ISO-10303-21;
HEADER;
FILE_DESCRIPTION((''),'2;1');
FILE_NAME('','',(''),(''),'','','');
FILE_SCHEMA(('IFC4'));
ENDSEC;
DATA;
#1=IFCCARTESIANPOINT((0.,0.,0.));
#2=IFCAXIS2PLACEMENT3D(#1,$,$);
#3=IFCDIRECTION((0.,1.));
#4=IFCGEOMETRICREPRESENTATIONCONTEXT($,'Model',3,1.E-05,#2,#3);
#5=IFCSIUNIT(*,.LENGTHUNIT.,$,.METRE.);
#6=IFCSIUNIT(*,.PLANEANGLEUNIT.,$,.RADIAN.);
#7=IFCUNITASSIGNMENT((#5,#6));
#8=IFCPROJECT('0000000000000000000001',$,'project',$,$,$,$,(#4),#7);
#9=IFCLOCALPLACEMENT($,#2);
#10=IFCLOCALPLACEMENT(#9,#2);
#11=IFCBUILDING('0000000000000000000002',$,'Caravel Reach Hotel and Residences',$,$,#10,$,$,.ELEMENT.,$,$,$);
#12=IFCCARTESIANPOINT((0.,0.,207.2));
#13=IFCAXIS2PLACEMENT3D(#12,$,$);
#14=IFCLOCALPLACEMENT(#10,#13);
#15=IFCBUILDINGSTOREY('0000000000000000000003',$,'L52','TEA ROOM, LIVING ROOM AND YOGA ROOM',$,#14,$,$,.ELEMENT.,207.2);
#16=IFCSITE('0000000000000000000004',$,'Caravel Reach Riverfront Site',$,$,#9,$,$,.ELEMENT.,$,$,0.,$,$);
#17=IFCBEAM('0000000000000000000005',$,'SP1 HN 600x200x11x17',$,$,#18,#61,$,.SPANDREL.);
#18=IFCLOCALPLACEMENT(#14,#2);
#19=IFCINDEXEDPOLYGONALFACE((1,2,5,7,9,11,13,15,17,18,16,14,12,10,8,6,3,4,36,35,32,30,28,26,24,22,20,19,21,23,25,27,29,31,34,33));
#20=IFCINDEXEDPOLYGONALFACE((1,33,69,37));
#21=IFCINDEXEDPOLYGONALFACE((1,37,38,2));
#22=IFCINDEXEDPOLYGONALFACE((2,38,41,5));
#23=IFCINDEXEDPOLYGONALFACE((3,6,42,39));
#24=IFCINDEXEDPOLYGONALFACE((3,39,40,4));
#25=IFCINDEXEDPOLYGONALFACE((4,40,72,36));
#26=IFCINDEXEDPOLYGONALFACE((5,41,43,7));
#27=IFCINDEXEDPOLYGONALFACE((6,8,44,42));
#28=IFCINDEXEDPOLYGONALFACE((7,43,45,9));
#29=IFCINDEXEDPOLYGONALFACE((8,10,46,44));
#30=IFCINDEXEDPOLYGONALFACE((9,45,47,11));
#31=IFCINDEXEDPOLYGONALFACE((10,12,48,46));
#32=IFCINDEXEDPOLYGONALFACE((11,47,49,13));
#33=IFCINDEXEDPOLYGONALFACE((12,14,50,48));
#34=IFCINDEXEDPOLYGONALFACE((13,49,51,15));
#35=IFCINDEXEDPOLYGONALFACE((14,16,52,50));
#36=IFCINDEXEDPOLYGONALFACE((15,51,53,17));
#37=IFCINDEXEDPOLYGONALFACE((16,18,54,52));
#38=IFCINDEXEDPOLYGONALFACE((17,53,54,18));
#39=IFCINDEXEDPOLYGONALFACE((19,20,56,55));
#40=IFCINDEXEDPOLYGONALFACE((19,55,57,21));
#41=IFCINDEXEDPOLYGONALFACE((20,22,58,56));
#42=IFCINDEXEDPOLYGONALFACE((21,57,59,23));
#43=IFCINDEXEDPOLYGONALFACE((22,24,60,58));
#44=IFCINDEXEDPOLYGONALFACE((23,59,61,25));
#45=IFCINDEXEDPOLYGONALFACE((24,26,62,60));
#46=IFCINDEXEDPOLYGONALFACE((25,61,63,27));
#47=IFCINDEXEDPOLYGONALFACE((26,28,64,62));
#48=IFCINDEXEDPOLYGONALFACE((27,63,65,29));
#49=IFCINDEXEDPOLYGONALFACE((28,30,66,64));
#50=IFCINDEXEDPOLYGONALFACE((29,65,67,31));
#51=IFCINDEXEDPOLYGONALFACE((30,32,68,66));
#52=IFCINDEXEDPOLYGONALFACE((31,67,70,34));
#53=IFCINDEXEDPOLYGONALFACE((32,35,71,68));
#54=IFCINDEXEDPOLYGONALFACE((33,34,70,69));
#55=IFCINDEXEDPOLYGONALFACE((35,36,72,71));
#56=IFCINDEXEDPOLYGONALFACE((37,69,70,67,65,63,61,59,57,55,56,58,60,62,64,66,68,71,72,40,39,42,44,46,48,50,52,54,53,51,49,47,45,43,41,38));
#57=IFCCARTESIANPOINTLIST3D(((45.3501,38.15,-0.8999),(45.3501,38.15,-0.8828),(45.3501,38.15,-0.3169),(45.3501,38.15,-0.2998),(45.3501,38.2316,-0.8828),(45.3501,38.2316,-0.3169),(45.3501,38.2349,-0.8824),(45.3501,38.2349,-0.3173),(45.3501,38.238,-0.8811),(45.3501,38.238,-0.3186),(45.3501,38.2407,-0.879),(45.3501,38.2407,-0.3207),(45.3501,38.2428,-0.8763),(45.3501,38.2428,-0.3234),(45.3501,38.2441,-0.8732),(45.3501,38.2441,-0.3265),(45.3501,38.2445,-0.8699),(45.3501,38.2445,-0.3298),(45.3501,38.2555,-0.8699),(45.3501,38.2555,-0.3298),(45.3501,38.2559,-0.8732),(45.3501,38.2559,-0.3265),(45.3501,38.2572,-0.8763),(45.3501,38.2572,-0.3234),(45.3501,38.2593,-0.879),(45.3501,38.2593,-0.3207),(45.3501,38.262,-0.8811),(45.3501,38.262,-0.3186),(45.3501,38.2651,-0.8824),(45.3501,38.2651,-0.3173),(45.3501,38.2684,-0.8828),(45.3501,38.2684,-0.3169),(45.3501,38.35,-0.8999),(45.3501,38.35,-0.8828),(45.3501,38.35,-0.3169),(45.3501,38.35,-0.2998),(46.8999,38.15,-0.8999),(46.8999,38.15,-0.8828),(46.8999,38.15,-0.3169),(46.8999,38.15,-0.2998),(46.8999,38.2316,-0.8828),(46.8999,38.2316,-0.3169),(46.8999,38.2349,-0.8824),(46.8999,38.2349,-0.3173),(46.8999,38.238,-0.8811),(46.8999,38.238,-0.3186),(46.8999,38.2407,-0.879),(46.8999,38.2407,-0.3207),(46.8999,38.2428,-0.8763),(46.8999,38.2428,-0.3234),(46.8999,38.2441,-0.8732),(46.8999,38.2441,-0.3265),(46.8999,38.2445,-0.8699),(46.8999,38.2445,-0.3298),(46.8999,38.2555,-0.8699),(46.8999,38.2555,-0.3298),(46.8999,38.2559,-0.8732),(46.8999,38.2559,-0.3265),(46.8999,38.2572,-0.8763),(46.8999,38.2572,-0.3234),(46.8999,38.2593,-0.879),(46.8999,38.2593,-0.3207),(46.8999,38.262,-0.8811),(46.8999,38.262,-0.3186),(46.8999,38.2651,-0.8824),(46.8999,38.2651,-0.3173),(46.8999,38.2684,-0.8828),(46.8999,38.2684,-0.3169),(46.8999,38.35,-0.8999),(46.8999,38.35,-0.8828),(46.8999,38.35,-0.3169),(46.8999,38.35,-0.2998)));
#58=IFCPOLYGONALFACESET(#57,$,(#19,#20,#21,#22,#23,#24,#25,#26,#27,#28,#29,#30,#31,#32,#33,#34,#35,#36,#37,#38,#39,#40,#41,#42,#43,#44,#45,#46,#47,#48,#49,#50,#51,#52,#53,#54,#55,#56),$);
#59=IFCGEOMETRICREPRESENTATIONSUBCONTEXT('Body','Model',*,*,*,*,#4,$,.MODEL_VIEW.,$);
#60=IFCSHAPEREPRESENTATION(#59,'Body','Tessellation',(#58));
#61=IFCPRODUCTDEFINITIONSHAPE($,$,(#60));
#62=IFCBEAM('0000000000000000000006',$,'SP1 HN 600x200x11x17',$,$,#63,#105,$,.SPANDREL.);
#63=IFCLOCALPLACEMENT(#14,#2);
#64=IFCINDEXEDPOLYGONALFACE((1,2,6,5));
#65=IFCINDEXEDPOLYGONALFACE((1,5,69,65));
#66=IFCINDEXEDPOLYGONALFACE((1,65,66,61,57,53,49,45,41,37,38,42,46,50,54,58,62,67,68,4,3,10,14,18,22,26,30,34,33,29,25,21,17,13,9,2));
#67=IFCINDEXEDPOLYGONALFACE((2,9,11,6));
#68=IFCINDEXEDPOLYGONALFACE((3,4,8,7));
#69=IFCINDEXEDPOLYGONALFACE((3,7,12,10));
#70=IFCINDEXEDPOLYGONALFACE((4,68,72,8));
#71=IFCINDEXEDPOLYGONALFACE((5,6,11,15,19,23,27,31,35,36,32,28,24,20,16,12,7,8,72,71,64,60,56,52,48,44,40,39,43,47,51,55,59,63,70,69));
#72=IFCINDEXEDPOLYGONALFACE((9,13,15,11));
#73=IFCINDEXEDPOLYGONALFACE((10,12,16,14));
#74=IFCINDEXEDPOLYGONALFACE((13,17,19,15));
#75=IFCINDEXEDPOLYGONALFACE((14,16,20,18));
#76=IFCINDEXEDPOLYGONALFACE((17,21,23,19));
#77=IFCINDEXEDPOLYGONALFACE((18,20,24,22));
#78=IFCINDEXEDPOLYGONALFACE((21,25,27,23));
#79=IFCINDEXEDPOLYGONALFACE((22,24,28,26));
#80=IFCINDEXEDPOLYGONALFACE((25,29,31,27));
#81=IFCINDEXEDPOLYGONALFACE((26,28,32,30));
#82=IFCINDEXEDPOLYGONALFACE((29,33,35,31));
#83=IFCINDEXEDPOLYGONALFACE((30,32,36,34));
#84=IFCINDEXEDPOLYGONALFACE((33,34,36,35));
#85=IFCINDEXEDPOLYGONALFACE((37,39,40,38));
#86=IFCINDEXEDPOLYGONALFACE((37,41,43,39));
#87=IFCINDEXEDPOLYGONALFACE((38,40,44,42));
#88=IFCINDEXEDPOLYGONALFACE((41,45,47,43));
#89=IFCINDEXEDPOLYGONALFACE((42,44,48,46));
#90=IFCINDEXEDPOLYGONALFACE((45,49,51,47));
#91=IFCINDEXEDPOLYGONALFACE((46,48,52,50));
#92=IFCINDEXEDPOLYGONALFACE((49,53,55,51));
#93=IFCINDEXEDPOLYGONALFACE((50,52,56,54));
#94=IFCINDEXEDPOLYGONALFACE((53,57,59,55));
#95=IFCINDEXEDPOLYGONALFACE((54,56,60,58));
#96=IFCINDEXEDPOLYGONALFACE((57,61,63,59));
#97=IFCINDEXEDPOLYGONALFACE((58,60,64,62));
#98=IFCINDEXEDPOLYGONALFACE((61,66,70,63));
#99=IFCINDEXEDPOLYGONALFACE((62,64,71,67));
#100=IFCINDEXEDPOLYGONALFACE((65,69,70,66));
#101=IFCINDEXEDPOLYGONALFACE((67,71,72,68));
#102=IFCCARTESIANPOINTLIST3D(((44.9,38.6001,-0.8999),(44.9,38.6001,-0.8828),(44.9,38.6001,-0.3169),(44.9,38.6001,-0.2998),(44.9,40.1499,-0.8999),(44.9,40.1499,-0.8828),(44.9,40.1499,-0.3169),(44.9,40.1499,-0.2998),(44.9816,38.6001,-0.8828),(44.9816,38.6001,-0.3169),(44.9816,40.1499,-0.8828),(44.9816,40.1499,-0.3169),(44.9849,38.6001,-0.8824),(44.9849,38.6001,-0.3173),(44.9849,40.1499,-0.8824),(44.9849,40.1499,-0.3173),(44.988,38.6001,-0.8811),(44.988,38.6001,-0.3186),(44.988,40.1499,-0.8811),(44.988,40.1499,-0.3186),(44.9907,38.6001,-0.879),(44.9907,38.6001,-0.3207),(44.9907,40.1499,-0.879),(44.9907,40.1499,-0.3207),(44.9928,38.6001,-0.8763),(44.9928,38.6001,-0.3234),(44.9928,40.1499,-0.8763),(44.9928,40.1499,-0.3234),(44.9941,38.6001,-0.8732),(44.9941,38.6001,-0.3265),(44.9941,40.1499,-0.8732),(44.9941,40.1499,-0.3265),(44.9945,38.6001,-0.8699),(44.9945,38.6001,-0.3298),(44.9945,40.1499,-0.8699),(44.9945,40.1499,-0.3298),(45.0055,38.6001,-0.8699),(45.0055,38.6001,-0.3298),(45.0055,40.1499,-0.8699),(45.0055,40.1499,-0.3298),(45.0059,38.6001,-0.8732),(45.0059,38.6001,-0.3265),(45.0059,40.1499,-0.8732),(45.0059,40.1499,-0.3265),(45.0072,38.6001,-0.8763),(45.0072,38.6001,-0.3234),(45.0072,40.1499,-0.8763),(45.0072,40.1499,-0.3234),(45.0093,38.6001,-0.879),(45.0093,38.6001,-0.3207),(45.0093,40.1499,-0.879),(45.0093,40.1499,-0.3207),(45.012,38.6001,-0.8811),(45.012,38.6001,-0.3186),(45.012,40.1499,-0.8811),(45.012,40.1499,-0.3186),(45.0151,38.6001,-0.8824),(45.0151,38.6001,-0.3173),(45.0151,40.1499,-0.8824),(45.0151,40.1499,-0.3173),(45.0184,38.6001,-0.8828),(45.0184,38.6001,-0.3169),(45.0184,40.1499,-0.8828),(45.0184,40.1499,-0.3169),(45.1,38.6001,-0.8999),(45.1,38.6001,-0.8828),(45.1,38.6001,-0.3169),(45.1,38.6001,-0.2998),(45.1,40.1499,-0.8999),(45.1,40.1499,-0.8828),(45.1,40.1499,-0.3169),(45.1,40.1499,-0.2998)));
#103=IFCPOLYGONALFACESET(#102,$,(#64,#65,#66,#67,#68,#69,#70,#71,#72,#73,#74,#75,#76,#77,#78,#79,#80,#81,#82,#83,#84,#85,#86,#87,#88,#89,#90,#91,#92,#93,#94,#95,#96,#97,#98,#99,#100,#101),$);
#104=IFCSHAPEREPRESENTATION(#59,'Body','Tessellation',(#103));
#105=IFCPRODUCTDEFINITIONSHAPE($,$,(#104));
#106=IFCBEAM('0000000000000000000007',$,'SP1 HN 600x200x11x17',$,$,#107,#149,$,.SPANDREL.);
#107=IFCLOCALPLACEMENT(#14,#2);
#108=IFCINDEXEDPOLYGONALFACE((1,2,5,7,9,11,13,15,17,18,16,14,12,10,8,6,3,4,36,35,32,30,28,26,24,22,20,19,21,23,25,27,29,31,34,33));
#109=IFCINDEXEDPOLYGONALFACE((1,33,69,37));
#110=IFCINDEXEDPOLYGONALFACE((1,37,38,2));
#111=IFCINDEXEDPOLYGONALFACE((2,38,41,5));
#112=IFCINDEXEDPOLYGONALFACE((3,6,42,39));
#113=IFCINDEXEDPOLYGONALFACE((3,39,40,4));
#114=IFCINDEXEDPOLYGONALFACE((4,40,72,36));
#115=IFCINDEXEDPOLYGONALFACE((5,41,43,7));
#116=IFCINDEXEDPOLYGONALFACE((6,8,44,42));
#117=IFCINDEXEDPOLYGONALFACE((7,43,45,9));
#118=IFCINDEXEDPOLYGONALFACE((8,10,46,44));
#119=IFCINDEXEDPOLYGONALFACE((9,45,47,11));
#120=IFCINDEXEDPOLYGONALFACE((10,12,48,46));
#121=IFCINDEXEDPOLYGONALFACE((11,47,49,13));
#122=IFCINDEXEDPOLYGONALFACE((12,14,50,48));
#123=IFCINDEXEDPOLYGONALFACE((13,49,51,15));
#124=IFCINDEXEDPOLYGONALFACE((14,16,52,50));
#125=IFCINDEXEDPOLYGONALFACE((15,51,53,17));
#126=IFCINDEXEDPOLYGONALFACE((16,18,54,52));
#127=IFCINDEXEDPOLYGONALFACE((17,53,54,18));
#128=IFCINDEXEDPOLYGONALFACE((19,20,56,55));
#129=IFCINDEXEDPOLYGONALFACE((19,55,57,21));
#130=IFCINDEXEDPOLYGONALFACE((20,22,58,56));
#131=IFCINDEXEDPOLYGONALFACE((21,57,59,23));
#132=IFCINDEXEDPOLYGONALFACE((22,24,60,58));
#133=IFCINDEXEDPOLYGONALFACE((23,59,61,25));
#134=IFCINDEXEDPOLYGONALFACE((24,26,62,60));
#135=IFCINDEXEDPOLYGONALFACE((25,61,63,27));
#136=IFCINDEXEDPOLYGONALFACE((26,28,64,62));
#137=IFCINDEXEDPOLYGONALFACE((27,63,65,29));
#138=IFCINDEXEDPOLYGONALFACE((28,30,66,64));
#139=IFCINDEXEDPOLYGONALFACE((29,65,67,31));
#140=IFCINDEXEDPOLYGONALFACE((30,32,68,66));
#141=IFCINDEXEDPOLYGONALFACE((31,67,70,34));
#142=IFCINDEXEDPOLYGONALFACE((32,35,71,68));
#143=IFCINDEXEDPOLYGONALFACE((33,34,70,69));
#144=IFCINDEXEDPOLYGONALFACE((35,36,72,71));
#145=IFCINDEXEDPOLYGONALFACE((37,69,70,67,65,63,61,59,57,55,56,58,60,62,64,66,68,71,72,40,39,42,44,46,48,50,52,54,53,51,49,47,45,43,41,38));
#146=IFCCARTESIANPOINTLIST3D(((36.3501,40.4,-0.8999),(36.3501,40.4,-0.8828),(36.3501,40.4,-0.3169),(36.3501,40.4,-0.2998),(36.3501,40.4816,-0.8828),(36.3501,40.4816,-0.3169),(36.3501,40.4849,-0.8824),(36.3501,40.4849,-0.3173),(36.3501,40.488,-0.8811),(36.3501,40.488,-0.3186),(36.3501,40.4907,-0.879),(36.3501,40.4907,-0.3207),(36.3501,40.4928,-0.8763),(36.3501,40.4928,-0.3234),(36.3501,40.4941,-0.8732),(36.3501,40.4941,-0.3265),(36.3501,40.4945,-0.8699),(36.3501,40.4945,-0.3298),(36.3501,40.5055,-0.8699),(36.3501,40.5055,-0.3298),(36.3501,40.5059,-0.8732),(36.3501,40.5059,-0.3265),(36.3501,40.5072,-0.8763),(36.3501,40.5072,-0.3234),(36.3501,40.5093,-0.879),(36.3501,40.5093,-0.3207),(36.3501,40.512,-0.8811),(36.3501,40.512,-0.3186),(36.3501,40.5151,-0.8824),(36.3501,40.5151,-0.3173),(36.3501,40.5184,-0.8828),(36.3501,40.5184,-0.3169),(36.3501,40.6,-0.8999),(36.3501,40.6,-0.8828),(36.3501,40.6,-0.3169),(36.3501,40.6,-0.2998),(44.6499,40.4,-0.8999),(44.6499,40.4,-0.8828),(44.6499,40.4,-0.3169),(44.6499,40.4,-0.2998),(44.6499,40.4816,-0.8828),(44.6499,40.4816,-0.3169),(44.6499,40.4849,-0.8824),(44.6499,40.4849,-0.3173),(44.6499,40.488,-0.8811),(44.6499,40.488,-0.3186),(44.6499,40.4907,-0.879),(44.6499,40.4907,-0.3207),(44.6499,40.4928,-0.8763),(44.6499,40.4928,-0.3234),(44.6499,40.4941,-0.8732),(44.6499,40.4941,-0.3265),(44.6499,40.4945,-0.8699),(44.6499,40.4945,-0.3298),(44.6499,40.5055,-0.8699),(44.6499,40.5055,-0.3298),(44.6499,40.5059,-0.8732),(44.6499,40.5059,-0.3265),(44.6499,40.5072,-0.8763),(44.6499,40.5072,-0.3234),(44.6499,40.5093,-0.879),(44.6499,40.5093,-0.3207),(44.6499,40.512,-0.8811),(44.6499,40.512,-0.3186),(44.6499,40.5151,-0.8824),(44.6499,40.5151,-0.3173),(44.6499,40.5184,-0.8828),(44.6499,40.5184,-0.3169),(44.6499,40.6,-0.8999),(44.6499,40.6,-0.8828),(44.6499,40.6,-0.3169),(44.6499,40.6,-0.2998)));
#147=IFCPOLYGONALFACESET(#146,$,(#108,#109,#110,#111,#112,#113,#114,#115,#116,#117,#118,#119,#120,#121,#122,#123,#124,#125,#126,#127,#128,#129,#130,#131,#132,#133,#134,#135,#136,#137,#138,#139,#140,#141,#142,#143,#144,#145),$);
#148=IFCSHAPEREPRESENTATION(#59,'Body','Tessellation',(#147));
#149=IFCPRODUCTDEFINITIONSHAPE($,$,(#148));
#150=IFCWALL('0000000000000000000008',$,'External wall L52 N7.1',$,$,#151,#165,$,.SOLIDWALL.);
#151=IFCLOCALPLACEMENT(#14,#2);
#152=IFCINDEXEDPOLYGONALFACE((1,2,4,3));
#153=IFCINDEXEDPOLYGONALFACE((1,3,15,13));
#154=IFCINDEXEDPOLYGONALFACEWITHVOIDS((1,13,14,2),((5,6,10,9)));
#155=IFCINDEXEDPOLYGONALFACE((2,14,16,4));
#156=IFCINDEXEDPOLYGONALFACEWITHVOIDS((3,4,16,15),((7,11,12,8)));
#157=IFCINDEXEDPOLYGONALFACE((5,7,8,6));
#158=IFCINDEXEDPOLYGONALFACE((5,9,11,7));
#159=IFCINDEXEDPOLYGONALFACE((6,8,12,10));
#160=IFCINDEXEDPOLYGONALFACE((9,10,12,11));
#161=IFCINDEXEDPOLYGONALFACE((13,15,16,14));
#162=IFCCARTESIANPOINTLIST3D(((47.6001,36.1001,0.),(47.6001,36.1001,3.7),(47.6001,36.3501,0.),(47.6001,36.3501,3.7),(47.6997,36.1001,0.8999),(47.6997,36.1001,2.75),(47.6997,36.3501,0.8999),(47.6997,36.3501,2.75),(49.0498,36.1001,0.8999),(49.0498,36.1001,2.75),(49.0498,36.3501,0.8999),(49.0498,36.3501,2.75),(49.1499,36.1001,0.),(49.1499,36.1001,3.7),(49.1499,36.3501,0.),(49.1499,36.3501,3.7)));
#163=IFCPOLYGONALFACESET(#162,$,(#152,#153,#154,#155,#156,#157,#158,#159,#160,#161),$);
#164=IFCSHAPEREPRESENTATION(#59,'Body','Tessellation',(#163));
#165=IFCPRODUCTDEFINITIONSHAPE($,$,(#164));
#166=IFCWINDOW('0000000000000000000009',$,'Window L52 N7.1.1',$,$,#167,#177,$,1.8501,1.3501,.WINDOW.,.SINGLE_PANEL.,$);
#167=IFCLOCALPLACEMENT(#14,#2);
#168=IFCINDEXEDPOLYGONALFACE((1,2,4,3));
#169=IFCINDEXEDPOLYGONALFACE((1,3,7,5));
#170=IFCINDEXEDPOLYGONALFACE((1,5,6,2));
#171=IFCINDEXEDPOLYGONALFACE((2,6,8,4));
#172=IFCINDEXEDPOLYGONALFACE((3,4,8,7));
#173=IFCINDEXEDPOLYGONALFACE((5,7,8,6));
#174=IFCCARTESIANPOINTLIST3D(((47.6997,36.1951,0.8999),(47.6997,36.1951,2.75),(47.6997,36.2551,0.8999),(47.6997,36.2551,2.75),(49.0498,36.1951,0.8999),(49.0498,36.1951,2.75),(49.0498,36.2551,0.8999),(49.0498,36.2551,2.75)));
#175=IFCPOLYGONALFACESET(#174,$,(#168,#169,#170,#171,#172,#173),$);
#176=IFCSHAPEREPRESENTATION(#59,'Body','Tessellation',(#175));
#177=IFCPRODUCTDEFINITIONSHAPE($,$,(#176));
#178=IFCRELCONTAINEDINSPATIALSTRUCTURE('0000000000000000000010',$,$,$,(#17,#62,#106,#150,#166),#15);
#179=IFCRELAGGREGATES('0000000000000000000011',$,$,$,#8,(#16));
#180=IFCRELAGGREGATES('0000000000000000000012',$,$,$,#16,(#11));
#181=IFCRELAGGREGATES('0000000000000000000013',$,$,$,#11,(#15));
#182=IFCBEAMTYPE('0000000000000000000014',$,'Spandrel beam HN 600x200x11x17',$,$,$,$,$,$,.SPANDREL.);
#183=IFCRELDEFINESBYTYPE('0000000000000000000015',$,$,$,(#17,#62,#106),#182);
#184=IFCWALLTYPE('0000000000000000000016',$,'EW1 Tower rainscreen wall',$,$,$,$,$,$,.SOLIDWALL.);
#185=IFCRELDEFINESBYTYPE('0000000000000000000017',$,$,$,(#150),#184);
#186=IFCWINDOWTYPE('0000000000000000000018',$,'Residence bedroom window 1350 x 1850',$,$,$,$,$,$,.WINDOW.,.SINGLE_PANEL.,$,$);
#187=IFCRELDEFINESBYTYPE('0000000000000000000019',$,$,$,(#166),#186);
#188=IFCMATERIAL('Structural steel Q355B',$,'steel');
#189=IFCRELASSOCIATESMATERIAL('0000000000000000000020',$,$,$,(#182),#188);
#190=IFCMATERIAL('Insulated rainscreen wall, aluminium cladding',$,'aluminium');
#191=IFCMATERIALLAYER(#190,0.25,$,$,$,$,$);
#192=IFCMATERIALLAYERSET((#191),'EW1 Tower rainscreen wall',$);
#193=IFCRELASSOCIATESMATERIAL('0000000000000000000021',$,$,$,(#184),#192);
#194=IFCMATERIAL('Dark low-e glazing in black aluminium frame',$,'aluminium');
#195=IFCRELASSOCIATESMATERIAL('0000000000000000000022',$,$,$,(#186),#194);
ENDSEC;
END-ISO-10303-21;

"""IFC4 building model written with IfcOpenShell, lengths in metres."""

from ifc_helpers import new_model, si_unit, direction, frame, frame_2d, origin, origin_2d, place, context, subcontext, project, spatial, rectangle, i_section, extrude, material, layer, layer_set, material_profile, profile_set, type_object, element, fill, save


model = new_model("IFC4")

# Units and contexts
model_context = context("Model", 3, precision=1e-05, world=origin(), true_north=direction((0.0, 1.0)))
body_context = subcontext(model_context, "Body", "Model", "MODEL_VIEW")
ifc_project = project(units=[si_unit("LENGTHUNIT", "METRE"), si_unit("PLANEANGLEUNIT", "RADIAN")], contexts=[model_context])

# Site, building, storey
site_placement = place(None, origin())
site = spatial("IfcSite", under=ifc_project, at=site_placement, Name="Caravel Reach Riverfront Site", CompositionType="ELEMENT", RefElevation=0.0)
building_placement = place(site_placement, origin())
building = spatial("IfcBuilding", under=site, at=building_placement, Name="Caravel Reach Hotel and Residences", CompositionType="ELEMENT")
storey_placement = place(building_placement, frame((0.0, 0.0, 207.2)))
storey = spatial("IfcBuildingStorey", under=building, at=storey_placement, Name="L52", Description="TEA ROOM, LIVING ROOM AND YOGA ROOM", CompositionType="ELEMENT", Elevation=207.2)

# Beams
ifc_material_1 = material(Name="Structural steel Q355B", Category="steel")
ifc_material_profile_1 = material_profile(ifc_material_1, i_section(OverallWidth=0.2, OverallDepth=0.6001, WebThickness=0.011, FlangeThickness=0.0171, FilletRadius=0.0129, at=origin_2d()), Name="HN 600x200x11x17")
ifc_profile_set_1 = profile_set([ifc_material_profile_1], Name="Structural steel Q355B")
beam_type = type_object("IfcBeamType", Name="Spandrel beam HN 600x200x11x17", PredefinedType="SPANDREL", material=ifc_profile_set_1)
for number, where, z_axis, x_axis, name in (
    (1, (46.8999, 38.25, -0.5999), (-1.0, 0.0, 0.0), (0.0, -1.0, 0.0), "SP1 HN 600x200x11x17"),
    (2, (45.0, 38.6001, -0.5999), (0.0, 1.0, 0.0), (-1.0, 0.0, 0.0), "SP1 HN 600x200x11x17"),
):
    element("IfcBeam", number, at=place(storey_placement, frame(where, z_axis=z_axis, x_axis=x_axis)), inside=storey, type_object=beam_type, Name=name, PredefinedType="SPANDREL", context=body_context, shape_type="SweptSolid", body=[
        extrude(i_section(OverallWidth=0.2, OverallDepth=0.6001, WebThickness=0.011, FlangeThickness=0.0171, FilletRadius=0.0129, at=origin_2d()), origin(), (0.0, 0.0, 1.0), 1.5498),
    ])
beam_placement = place(storey_placement, frame((44.6499, 40.5, -0.5999), z_axis=(-1.0, 0.0, 0.0), x_axis=(0.0, -1.0, 0.0)))
element("IfcBeam", 3, at=beam_placement, inside=storey, type_object=beam_type, Name="SP1 HN 600x200x11x17", PredefinedType="SPANDREL", context=body_context, shape_type="SweptSolid", body=[
    extrude(i_section(OverallWidth=0.2, OverallDepth=0.6001, WebThickness=0.011, FlangeThickness=0.0171, FilletRadius=0.0129, at=origin_2d()), origin(), (0.0, 0.0, 1.0), 8.2998),
])

# Wall, opening, window
ifc_material_2 = material(Name="Insulated rainscreen wall, aluminium cladding", Category="aluminium")
ifc_layer = layer(ifc_material_2, 0.25)
ifc_layer_set = layer_set([ifc_layer], Name="EW1 Tower rainscreen wall")
wall_type = type_object("IfcWallType", Name="EW1 Tower rainscreen wall", PredefinedType="SOLIDWALL", material=ifc_layer_set)
wall_1_placement = place(storey_placement, frame((49.1499, 36.2251, 0.0), z_axis=(0.0, 0.0, 1.0), x_axis=(-1.0, 0.0, 0.0)))
wall_1 = element("IfcWall", 4, at=wall_1_placement, inside=storey, type_object=wall_type, Name="External wall L52 N7.1", PredefinedType="SOLIDWALL", context=body_context, shape_type="SweptSolid", body=[
    extrude(rectangle(XDim=1.5498, YDim=0.25, at=frame_2d((0.7749, 0.0))), origin(), (0.0, 0.0, 1.0), 3.7),
])
opening_1_placement = place(wall_1_placement, frame((0.1001, 0.0, 0.8999)))
opening_1 = element("IfcOpeningElement", 5, at=opening_1_placement, cuts=wall_1, PredefinedType="OPENING", context=body_context, shape_type="SweptSolid", body=[
    extrude(rectangle(XDim=1.3501, YDim=1.8501, at=frame_2d((0.675, 0.925))), frame((0.0, 0.135, 0.0), z_axis=(0.0, -1.0, 0.0), x_axis=(1.0, 0.0, 0.0)), (0.0, 0.0, 1.0), 0.27),
])
ifc_material_3 = material(Name="Dark low-e glazing in black aluminium frame", Category="aluminium")
window_type_1 = type_object("IfcWindowType", Name="Residence bedroom window 1350 x 1850", PartitioningType="SINGLE_PANEL", PredefinedType="WINDOW", material=ifc_material_3)
window_1_placement = place(opening_1_placement, origin())
window_1 = element("IfcWindow", 6, at=window_1_placement, inside=storey, type_object=window_type_1, Name="Window L52 N7.1.1", OverallHeight=1.8501, OverallWidth=1.3501, PartitioningType="SINGLE_PANEL", PredefinedType="WINDOW", context=body_context, shape_type="SweptSolid", body=[
    extrude(rectangle(XDim=1.3501, YDim=1.8501, at=frame_2d((0.675, 0.925))), frame((0.0, 0.03, 0.0), z_axis=(0.0, -1.0, 0.0), x_axis=(1.0, 0.0, 0.0)), (0.0, 0.0, 1.0), 0.0601),
])
fill(opening_1, window_1)

save(model, "model.ifc")
